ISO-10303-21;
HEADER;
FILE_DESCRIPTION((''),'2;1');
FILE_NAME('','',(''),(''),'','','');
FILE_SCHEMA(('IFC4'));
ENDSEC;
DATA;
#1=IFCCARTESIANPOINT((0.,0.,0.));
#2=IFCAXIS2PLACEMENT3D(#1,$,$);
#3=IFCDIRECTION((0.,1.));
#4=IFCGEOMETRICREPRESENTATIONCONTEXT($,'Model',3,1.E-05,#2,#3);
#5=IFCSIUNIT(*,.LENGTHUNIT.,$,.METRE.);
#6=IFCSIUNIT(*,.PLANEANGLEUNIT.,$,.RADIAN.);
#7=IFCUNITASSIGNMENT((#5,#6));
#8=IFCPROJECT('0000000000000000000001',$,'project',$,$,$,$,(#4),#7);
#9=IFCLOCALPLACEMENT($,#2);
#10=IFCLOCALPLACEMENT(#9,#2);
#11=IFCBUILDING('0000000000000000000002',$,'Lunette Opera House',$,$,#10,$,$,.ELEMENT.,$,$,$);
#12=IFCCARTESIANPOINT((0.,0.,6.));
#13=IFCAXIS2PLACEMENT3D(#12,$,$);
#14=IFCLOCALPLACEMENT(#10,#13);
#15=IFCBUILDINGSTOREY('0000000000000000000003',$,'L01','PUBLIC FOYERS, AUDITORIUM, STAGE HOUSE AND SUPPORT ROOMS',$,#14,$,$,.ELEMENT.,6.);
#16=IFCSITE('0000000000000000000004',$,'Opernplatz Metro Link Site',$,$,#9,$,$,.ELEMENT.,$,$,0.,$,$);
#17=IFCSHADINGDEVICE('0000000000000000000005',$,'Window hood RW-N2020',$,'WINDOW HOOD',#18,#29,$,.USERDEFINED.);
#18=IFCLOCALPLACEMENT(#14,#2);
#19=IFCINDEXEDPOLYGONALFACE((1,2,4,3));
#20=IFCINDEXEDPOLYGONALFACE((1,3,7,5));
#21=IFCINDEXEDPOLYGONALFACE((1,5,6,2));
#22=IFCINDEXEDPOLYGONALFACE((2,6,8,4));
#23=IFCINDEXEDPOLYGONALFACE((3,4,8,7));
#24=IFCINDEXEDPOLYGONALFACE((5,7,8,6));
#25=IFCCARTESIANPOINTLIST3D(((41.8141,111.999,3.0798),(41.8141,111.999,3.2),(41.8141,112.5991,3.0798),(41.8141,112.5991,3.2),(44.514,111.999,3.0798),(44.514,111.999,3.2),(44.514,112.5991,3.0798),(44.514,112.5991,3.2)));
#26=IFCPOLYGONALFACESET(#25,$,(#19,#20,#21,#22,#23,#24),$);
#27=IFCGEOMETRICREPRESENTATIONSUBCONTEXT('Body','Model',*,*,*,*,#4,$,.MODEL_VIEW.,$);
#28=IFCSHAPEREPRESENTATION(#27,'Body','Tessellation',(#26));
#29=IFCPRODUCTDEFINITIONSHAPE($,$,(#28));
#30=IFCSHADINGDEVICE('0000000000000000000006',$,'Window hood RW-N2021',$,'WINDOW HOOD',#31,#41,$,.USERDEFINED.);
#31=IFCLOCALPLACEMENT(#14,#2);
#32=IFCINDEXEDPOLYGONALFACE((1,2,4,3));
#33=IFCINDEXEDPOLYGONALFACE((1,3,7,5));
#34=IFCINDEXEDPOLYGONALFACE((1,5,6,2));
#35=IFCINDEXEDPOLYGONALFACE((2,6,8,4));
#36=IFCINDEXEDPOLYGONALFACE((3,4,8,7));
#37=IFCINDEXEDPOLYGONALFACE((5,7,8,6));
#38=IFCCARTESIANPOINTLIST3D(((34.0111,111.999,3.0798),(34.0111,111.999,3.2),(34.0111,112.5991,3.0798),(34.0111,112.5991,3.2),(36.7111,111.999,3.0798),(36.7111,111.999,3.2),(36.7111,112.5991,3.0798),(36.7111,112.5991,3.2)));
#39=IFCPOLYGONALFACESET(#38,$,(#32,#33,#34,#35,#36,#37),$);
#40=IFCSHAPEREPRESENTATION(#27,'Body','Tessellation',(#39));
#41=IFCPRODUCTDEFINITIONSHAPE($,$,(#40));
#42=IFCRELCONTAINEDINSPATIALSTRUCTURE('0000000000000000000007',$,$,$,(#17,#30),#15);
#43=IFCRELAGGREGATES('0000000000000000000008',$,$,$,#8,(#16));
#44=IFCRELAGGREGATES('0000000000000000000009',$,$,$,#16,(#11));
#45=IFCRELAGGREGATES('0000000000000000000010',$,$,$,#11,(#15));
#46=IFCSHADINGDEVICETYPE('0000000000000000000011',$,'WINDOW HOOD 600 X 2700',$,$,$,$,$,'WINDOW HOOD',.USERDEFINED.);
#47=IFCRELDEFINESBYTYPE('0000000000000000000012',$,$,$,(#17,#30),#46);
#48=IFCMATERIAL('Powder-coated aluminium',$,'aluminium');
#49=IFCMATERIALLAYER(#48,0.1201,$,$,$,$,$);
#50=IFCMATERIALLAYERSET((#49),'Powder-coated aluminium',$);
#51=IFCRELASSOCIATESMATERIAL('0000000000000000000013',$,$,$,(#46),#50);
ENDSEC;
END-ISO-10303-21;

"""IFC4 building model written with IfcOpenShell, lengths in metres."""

from ifc_helpers import new_model, si_unit, direction, frame, origin, origin_2d, place, context, subcontext, project, spatial, rectangle, extrude, material, layer, layer_set, type_object, element, save


model = new_model("IFC4")

# Units and contexts
model_context = context("Model", 3, precision=1e-05, world=origin(), true_north=direction((0.0, 1.0)))
body_context = subcontext(model_context, "Body", "Model", "MODEL_VIEW")
ifc_project = project(units=[si_unit("LENGTHUNIT", "METRE"), si_unit("PLANEANGLEUNIT", "RADIAN")], contexts=[model_context])

# Site, building, storey
site_placement = place(None, origin())
site = spatial("IfcSite", under=ifc_project, at=site_placement, Name="Opernplatz Metro Link Site", CompositionType="ELEMENT", RefElevation=0.0)
building_placement = place(site_placement, origin())
building = spatial("IfcBuilding", under=site, at=building_placement, Name="Lunette Opera House", CompositionType="ELEMENT")
storey_placement = place(building_placement, frame((0.0, 0.0, 6.0)))
storey = spatial("IfcBuildingStorey", under=building, at=storey_placement, Name="L01", Description="PUBLIC FOYERS, AUDITORIUM, STAGE HOUSE AND SUPPORT ROOMS", CompositionType="ELEMENT", Elevation=6.0)

# Shading devices
ifc_material_1 = material(Name="Powder-coated aluminium", Category="aluminium")
ifc_layer_1 = layer(ifc_material_1, 0.1201)
ifc_layer_set_1 = layer_set([ifc_layer_1], Name="Powder-coated aluminium")
shading_device_type = type_object("IfcShadingDeviceType", Name="WINDOW HOOD 600 X 2700", ElementType="WINDOW HOOD", PredefinedType="USERDEFINED", material=ifc_layer_set_1)
for number, where, z_axis, x_axis, name in (
    (1, (43.1641, 112.2991, 3.0798), (0.0, 0.0, 1.0), (0.0, 1.0, 0.0), "Window hood RW-N2020"),
    (2, (35.3611, 112.2991, 3.0798), (0.0, 0.0, 1.0), (0.0, 1.0, 0.0), "Window hood RW-N2021"),
):
    element("IfcShadingDevice", number, at=place(storey_placement, frame(where, z_axis=z_axis, x_axis=x_axis)), inside=storey, type_object=shading_device_type, Name=name, ObjectType="WINDOW HOOD", PredefinedType="USERDEFINED", context=body_context, shape_type="SweptSolid", body=[
        extrude(rectangle(XDim=0.6001, YDim=2.7, at=origin_2d()), origin(), (0.0, 0.0, 1.0), 0.1201),
    ])

save(model, "model.ifc")
